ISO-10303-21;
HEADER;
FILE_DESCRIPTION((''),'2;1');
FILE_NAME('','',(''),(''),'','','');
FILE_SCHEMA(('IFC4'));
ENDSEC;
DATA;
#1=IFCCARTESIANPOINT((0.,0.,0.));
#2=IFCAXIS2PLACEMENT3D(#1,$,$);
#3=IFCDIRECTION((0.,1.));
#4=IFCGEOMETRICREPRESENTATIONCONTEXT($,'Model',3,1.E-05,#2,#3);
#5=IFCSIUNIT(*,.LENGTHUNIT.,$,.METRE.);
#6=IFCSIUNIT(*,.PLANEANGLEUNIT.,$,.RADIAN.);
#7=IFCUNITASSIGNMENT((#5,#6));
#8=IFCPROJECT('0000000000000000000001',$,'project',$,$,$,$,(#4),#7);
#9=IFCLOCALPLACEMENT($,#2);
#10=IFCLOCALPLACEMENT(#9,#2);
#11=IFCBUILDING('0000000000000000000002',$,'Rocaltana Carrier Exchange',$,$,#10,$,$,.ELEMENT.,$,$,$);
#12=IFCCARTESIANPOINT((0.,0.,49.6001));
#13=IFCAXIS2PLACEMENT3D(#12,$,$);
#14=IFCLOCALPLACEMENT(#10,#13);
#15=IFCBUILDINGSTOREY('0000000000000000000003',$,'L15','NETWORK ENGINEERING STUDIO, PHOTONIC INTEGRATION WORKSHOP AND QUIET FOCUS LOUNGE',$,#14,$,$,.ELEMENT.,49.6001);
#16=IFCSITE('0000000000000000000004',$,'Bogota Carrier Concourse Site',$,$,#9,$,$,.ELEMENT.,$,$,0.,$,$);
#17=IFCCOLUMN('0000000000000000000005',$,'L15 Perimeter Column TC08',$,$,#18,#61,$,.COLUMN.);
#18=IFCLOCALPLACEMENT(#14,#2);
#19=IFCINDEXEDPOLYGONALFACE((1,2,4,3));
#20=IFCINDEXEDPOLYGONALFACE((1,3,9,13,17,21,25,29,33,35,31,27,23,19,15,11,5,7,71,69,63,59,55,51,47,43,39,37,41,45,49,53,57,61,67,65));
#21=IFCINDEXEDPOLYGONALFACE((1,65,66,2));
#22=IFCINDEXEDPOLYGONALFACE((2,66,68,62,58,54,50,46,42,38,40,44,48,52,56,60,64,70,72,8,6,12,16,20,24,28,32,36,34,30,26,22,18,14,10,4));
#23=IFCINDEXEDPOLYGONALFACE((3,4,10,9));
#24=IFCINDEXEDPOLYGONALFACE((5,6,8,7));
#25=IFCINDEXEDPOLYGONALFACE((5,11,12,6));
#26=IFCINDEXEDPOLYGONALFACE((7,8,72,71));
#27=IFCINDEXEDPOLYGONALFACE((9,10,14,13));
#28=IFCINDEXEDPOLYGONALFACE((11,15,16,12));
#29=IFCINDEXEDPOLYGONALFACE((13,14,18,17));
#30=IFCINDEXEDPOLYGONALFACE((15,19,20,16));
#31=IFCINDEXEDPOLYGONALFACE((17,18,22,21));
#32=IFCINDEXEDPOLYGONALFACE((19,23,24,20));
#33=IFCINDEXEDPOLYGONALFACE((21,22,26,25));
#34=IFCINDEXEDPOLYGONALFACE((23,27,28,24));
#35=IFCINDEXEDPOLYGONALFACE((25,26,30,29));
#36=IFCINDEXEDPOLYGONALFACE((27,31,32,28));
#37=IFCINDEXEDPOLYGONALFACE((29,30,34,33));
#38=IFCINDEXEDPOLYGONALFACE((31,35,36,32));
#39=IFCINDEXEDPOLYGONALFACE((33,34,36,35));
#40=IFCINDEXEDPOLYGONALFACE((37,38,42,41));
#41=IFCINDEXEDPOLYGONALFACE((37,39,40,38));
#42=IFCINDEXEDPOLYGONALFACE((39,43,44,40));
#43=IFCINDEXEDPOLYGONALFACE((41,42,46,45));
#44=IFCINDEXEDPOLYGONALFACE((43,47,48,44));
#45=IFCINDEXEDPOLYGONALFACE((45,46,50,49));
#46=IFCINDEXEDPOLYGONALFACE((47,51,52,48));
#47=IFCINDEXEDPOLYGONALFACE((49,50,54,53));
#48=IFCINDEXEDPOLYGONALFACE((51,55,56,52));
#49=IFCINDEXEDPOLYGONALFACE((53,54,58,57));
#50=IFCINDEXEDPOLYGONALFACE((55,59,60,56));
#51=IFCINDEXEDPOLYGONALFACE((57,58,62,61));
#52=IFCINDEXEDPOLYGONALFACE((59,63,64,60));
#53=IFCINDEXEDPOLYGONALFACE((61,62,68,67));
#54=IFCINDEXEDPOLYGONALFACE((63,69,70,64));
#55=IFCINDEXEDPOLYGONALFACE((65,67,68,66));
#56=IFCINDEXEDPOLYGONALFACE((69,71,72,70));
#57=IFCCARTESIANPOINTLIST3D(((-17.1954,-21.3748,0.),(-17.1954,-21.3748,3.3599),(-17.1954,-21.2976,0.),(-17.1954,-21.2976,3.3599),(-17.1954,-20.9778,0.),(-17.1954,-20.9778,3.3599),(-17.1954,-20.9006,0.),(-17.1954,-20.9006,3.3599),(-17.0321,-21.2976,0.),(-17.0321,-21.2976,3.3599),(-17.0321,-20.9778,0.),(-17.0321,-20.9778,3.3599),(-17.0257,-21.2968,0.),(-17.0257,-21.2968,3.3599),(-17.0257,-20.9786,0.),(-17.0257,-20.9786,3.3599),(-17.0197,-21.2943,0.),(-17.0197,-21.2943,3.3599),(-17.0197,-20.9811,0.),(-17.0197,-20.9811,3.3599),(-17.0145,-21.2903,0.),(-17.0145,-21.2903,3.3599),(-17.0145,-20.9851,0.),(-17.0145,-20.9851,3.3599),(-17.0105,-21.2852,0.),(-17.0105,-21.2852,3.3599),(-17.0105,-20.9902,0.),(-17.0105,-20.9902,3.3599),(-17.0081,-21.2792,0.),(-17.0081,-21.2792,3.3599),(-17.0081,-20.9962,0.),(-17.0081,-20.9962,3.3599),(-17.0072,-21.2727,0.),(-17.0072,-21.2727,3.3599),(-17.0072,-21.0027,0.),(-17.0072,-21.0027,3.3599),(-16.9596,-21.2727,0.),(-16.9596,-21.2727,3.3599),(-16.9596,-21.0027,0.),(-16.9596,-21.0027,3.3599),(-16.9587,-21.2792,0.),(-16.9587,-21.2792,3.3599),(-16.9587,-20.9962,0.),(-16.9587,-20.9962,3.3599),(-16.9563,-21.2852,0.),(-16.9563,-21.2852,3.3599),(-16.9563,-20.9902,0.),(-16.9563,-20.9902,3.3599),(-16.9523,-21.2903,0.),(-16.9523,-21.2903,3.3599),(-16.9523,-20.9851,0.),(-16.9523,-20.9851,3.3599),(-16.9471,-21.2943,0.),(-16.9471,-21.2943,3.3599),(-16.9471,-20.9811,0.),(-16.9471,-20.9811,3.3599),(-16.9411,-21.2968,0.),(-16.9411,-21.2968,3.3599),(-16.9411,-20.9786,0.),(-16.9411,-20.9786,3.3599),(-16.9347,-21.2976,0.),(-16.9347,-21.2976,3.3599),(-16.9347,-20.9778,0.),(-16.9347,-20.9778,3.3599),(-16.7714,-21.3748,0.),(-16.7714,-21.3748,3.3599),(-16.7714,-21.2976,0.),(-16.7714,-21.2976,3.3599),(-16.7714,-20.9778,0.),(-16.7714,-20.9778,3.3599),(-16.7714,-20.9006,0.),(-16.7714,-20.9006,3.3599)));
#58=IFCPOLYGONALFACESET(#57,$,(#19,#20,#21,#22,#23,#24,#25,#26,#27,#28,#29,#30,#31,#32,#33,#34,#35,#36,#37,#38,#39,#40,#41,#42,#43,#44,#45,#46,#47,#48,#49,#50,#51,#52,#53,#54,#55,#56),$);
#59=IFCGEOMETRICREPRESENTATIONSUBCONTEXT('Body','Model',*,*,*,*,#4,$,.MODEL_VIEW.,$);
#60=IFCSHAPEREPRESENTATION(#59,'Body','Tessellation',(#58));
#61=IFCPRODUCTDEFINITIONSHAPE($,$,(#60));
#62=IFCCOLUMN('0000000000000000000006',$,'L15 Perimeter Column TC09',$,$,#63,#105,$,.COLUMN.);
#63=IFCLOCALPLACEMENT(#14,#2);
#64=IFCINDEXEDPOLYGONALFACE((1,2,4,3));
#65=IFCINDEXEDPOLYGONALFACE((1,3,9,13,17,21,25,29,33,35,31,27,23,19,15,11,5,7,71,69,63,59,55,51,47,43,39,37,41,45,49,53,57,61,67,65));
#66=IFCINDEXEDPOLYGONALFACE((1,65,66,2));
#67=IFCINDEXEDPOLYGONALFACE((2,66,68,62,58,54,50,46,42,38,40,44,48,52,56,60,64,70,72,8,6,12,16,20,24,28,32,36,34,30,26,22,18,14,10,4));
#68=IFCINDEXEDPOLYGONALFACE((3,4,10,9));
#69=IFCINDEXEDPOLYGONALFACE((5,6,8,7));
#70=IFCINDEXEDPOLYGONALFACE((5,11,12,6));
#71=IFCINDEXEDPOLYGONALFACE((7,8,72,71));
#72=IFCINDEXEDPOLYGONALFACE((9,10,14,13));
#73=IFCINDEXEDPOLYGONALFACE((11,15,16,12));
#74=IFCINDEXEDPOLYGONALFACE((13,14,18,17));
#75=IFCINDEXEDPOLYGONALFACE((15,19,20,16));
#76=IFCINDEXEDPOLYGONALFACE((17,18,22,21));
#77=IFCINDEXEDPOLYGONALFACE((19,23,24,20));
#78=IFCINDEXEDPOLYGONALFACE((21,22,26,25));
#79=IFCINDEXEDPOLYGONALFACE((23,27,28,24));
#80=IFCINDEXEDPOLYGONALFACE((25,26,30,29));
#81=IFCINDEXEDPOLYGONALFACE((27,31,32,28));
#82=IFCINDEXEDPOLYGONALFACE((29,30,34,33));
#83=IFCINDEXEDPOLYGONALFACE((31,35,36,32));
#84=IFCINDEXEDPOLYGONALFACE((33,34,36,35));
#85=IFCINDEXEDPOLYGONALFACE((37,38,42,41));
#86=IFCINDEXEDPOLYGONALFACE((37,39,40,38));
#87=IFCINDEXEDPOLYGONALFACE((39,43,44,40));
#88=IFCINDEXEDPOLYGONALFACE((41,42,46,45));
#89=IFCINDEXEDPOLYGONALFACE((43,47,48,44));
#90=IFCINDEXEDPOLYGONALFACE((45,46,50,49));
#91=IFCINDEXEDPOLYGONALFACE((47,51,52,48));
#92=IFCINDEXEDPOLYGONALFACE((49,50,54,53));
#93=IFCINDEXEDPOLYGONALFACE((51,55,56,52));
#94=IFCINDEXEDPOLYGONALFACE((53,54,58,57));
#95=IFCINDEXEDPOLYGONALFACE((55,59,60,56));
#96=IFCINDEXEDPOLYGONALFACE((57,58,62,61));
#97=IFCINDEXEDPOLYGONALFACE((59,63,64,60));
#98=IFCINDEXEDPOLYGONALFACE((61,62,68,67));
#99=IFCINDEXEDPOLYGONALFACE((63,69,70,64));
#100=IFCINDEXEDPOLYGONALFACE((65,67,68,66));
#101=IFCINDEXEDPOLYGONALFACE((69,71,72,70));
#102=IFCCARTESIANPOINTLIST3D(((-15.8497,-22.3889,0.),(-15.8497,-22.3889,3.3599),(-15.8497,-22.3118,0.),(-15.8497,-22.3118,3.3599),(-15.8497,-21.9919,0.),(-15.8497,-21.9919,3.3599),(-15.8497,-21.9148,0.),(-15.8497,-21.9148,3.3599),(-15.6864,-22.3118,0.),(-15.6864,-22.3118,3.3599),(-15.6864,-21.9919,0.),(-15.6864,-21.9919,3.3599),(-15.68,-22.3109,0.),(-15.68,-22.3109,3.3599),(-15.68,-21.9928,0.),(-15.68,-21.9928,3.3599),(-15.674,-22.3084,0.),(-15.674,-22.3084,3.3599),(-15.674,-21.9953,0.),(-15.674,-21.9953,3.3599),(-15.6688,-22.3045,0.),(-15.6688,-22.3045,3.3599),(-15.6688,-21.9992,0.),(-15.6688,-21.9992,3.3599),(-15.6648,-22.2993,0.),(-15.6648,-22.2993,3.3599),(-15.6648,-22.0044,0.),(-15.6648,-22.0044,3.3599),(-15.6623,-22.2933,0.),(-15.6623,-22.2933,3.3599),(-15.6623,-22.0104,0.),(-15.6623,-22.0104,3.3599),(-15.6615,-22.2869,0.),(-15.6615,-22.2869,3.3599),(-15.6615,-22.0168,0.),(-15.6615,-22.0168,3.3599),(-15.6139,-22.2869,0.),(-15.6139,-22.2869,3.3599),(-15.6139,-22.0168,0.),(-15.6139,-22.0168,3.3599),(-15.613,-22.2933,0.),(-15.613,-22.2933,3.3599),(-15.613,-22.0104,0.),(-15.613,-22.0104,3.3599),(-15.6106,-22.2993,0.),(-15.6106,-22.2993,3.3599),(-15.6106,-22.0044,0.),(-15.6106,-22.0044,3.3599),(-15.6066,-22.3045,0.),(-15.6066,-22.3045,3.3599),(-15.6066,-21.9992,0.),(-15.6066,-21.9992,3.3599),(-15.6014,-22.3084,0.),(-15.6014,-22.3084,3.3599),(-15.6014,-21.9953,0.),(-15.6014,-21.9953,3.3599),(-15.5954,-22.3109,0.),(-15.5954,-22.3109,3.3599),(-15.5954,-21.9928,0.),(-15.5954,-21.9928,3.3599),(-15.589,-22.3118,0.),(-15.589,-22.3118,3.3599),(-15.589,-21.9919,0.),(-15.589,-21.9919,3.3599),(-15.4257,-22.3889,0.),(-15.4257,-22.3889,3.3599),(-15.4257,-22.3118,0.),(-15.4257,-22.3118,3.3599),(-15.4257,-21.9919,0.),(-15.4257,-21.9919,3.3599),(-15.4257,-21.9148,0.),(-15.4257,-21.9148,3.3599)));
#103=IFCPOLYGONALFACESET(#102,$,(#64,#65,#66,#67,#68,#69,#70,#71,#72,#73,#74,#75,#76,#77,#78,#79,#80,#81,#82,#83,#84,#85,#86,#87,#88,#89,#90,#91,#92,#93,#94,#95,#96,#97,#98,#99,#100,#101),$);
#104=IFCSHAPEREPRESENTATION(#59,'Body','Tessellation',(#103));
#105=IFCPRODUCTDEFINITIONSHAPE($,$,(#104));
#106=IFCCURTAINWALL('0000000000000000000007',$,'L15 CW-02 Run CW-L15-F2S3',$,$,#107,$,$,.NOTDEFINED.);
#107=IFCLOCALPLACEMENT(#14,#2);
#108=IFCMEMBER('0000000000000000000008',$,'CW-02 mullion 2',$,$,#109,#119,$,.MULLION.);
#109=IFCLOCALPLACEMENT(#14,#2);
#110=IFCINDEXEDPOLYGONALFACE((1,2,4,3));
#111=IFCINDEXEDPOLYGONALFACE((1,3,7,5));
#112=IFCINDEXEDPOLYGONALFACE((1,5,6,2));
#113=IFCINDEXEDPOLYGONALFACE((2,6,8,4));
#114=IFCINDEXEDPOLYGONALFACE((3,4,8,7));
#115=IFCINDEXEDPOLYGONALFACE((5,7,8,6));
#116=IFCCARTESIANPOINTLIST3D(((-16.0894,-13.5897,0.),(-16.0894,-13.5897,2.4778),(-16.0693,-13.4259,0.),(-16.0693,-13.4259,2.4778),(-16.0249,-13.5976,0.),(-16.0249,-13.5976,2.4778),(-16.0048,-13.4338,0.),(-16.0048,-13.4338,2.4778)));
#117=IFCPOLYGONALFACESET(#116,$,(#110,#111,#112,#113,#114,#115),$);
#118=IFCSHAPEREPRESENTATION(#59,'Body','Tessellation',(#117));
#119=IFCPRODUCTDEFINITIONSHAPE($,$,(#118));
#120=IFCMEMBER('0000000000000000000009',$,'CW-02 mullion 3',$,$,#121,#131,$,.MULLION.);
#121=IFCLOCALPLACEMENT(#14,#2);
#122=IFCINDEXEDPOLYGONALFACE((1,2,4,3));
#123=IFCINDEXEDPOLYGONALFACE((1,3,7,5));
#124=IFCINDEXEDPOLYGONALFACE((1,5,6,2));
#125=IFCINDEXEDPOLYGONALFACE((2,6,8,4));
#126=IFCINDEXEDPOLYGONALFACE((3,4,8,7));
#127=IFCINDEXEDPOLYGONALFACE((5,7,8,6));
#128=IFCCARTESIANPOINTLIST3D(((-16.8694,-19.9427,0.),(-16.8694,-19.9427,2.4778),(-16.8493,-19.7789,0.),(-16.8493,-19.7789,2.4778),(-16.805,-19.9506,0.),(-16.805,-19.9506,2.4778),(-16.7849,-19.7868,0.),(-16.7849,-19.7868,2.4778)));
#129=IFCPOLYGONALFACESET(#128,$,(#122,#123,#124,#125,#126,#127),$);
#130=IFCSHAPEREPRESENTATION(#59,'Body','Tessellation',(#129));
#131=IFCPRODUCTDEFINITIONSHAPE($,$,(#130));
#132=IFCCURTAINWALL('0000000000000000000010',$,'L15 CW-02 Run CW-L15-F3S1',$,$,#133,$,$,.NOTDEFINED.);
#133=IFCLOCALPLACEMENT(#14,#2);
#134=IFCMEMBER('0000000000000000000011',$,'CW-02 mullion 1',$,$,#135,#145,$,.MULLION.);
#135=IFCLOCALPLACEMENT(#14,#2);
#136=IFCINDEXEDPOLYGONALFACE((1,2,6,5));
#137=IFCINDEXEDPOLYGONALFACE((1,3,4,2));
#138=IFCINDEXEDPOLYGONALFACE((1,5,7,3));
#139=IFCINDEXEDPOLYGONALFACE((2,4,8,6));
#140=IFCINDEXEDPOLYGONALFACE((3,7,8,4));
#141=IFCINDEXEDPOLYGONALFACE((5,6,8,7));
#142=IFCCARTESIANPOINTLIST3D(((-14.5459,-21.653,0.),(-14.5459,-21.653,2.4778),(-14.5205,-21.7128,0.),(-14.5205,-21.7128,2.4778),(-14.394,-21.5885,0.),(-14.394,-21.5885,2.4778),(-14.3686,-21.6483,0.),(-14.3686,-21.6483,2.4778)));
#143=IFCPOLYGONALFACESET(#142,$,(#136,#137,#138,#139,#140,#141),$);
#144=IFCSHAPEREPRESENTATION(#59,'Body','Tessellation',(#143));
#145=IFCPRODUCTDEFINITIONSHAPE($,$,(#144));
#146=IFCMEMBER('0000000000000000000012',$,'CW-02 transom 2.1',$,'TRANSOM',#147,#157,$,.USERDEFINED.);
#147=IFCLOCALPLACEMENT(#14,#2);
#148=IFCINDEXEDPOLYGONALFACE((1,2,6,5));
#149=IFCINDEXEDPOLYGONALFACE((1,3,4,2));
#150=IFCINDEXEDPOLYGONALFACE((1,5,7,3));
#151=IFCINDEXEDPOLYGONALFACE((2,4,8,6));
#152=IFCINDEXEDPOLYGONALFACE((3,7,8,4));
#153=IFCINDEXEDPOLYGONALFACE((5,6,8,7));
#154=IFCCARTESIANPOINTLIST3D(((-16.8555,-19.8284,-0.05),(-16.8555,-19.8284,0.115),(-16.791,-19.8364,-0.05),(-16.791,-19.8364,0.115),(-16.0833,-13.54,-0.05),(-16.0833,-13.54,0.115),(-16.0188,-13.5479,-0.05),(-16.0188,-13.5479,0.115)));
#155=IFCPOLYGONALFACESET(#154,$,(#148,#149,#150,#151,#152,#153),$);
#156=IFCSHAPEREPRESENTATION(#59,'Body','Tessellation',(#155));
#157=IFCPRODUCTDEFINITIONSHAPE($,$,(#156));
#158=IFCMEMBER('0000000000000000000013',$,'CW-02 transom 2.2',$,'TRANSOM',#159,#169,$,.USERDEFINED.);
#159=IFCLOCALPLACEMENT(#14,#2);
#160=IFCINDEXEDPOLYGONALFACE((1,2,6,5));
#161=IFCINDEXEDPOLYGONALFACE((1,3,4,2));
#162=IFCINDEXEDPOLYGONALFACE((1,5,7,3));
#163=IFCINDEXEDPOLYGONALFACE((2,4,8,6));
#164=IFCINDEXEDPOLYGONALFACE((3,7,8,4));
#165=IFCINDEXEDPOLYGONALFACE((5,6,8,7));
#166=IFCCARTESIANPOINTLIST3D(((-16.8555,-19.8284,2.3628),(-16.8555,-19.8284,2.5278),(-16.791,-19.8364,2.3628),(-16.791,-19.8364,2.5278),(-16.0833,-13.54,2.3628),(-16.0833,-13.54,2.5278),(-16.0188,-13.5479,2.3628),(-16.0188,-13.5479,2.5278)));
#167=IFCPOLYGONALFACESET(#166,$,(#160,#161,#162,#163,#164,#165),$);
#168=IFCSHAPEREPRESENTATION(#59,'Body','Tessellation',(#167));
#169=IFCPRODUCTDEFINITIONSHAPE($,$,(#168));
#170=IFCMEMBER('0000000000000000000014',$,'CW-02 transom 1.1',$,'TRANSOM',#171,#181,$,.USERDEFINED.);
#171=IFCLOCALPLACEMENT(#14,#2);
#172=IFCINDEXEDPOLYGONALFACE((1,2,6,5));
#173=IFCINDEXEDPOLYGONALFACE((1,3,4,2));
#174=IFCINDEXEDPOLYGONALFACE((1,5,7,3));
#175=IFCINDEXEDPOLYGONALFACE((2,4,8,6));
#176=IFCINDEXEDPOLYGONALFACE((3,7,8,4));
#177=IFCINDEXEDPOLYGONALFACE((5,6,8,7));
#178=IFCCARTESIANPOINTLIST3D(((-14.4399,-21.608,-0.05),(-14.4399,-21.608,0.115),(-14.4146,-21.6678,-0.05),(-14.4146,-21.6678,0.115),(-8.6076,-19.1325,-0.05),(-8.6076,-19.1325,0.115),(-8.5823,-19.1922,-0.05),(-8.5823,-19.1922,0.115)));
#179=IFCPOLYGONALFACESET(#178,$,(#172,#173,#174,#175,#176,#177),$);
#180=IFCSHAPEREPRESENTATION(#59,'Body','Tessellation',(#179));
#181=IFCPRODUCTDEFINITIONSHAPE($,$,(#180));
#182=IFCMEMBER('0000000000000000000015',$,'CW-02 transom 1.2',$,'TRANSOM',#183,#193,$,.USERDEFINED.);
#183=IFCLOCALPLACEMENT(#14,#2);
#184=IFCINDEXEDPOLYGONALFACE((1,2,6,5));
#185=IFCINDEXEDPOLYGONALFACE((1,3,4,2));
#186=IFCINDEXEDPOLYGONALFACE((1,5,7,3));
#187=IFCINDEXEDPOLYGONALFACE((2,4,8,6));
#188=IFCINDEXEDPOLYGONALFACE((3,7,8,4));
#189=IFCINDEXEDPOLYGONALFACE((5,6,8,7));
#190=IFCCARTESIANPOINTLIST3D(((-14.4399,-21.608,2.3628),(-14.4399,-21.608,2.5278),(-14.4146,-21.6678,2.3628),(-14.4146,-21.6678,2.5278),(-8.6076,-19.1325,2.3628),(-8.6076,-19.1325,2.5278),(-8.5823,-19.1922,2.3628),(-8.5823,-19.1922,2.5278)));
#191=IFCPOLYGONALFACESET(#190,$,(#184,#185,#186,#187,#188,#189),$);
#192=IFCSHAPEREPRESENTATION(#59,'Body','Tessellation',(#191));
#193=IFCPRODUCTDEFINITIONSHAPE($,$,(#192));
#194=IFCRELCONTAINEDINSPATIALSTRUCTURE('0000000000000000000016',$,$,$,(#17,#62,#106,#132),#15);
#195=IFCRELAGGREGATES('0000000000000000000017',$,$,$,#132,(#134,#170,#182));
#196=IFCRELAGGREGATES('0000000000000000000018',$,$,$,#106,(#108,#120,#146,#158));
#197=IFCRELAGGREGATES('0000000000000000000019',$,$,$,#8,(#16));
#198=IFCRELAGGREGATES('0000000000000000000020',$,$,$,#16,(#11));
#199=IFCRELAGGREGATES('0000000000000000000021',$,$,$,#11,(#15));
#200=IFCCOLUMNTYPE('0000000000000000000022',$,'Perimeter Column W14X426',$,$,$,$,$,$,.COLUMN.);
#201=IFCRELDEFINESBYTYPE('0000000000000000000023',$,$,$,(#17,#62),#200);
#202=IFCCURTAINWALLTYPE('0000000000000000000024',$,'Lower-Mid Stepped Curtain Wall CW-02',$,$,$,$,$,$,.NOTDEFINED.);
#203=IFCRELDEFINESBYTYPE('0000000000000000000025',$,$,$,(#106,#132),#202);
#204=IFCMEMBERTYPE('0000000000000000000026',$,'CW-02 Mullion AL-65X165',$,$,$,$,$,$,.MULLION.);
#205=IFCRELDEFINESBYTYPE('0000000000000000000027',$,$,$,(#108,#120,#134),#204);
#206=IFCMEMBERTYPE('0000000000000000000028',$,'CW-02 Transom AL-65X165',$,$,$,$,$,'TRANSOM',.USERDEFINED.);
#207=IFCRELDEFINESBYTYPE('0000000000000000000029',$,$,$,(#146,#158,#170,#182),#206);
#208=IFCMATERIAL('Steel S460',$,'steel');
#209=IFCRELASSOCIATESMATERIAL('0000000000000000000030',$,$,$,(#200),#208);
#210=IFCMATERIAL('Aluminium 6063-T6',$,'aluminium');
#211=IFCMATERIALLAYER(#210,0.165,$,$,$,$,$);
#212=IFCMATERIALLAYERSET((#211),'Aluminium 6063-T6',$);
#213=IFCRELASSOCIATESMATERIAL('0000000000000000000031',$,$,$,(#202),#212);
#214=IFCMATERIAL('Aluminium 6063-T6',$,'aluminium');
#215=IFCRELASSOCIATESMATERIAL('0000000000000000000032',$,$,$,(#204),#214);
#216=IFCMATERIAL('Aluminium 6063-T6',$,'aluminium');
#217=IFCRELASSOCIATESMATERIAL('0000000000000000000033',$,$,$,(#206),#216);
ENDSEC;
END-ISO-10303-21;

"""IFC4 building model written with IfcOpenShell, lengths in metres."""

from ifc_helpers import new_model, si_unit, direction, frame, origin, origin_2d, place, context, subcontext, project, spatial, rectangle, i_section, extrude, material, layer, layer_set, material_profile, profile_set, type_object, element, aggregate, save


model = new_model("IFC4")

# Units and contexts
model_context = context("Model", 3, precision=1e-05, world=origin(), true_north=direction((0.0, 1.0)))
body_context = subcontext(model_context, "Body", "Model", "MODEL_VIEW")
ifc_project = project(units=[si_unit("LENGTHUNIT", "METRE"), si_unit("PLANEANGLEUNIT", "RADIAN")], contexts=[model_context])

# Site, building, storey
site_placement = place(None, origin())
site = spatial("IfcSite", under=ifc_project, at=site_placement, Name="Bogota Carrier Concourse Site", CompositionType="ELEMENT", RefElevation=0.0)
building_placement = place(site_placement, origin())
building = spatial("IfcBuilding", under=site, at=building_placement, Name="Rocaltana Carrier Exchange", CompositionType="ELEMENT")
storey_placement = place(building_placement, frame((0.0, 0.0, 49.6001)))
storey = spatial("IfcBuildingStorey", under=building, at=storey_placement, Name="L15", Description="NETWORK ENGINEERING STUDIO, PHOTONIC INTEGRATION WORKSHOP AND QUIET FOCUS LOUNGE", CompositionType="ELEMENT", Elevation=49.6001)

# Columns
ifc_material_1 = material(Name="Steel S460", Category="steel")
ifc_material_profile_1 = material_profile(ifc_material_1, i_section(OverallWidth=0.4241, OverallDepth=0.4741, WebThickness=0.0476, FlangeThickness=0.0771, FilletRadius=0.0249, at=origin_2d()), Name="W14X426")
ifc_profile_set_1 = profile_set([ifc_material_profile_1], Name="Steel S460")
column_type = type_object("IfcColumnType", Name="Perimeter Column W14X426", PredefinedType="COLUMN", material=ifc_profile_set_1)
for number, where, z_axis, x_axis, name in (
    (1, (-16.9834, -21.1377, 0.0), (0.0, 0.0, 1.0), (1.0, 0.0, 0.0), "L15 Perimeter Column TC08"),
    (2, (-15.6377, -22.1519, 0.0), (0.0, 0.0, 1.0), (1.0, 0.0, 0.0), "L15 Perimeter Column TC09"),
):
    element("IfcColumn", number, at=place(storey_placement, frame(where, z_axis=z_axis, x_axis=x_axis)), inside=storey, type_object=column_type, Name=name, PredefinedType="COLUMN", context=body_context, shape_type="SweptSolid", body=[
        extrude(i_section(OverallWidth=0.4241, OverallDepth=0.4741, WebThickness=0.0476, FlangeThickness=0.0771, FilletRadius=0.0249, at=origin_2d()), origin(), (0.0, 0.0, 1.0), 3.3599),
    ])

# Curtain wall, members
ifc_material_2 = material(Name="Aluminium 6063-T6", Category="aluminium")
ifc_layer_1 = layer(ifc_material_2, 0.165)
ifc_layer_set_1 = layer_set([ifc_layer_1], Name="Aluminium 6063-T6")
curtain_wall_type = type_object("IfcCurtainWallType", Name="Lower-Mid Stepped Curtain Wall CW-02", PredefinedType="NOTDEFINED", material=ifc_layer_set_1)
curtain_wall_1_placement = place(storey_placement, origin())
curtain_wall_1 = element("IfcCurtainWall", 3, at=curtain_wall_1_placement, inside=storey, type_object=curtain_wall_type, Name="L15 CW-02 Run CW-L15-F2S3", PredefinedType="NOTDEFINED")
ifc_material_3 = material(Name="Aluminium 6063-T6", Category="aluminium")
ifc_material_profile_2 = material_profile(ifc_material_3, rectangle(XDim=0.0649, YDim=0.165, at=origin_2d()), Name="AL-65X165")
ifc_profile_set_2 = profile_set([ifc_material_profile_2], Name="Aluminium 6063-T6")
member_type_1 = type_object("IfcMemberType", Name="CW-02 Mullion AL-65X165", PredefinedType="MULLION", material=ifc_profile_set_2)
member_1_placement = place(storey_placement, frame((-16.0471, -13.5117, 0.0), z_axis=(0.0, 0.0, 1.0), x_axis=(0.992545, -0.121881, 0.0)))
member_1 = element("IfcMember", 4, at=member_1_placement, type_object=member_type_1, Name="CW-02 mullion 2", PredefinedType="MULLION", context=body_context, shape_type="SweptSolid", body=[
    extrude(rectangle(XDim=0.0649, YDim=0.165, at=origin_2d()), origin(), (0.0, 0.0, 1.0), 2.4778),
])
member_2_placement = place(storey_placement, frame((-16.8271, -19.8647, 0.0), z_axis=(0.0, 0.0, 1.0), x_axis=(0.992545, -0.121881, 0.0)))
member_2 = element("IfcMember", 5, at=member_2_placement, type_object=member_type_1, Name="CW-02 mullion 3", PredefinedType="MULLION", context=body_context, shape_type="SweptSolid", body=[
    extrude(rectangle(XDim=0.0649, YDim=0.165, at=origin_2d()), origin(), (0.0, 0.0, 1.0), 2.4778),
])

# Curtain wall, member
curtain_wall_2_placement = place(storey_placement, origin())
curtain_wall_2 = element("IfcCurtainWall", 6, at=curtain_wall_2_placement, inside=storey, type_object=curtain_wall_type, Name="L15 CW-02 Run CW-L15-F3S1", PredefinedType="NOTDEFINED")
member_3_placement = place(storey_placement, frame((-14.4573, -21.6506, 0.0), z_axis=(0.0, 0.0, 1.0), x_axis=(-0.390729, 0.920506, 0.0)))
member_3 = element("IfcMember", 7, at=member_3_placement, type_object=member_type_1, Name="CW-02 mullion 1", PredefinedType="MULLION", context=body_context, shape_type="SweptSolid", body=[
    extrude(rectangle(XDim=0.0649, YDim=0.165, at=origin_2d()), origin(), (0.0, 0.0, 1.0), 2.4778),
])

# Members
ifc_material_4 = material(Name="Aluminium 6063-T6", Category="aluminium")
ifc_material_profile_3 = material_profile(ifc_material_4, rectangle(XDim=0.0649, YDim=0.165, at=origin_2d()), Name="AL-65X165")
ifc_profile_set_3 = profile_set([ifc_material_profile_3], Name="Aluminium 6063-T6")
member_type_2 = type_object("IfcMemberType", Name="CW-02 Transom AL-65X165", ElementType="TRANSOM", PredefinedType="USERDEFINED", material=ifc_profile_set_3)
member_4_placement = place(storey_placement, frame((-16.051, -13.5439, 0.0325), z_axis=(-0.121881, -0.992545, 0.0), x_axis=(0.992545, -0.121881, 0.0)))
member_4 = element("IfcMember", 8, at=member_4_placement, type_object=member_type_2, Name="CW-02 transom 2.1", ObjectType="TRANSOM", PredefinedType="USERDEFINED", context=body_context, shape_type="SweptSolid", body=[
    extrude(rectangle(XDim=0.0649, YDim=0.165, at=origin_2d()), origin(), (0.0, 0.0, 1.0), 6.3357),
])
member_5_placement = place(storey_placement, frame((-16.051, -13.5439, 2.4453), z_axis=(-0.121881, -0.992545, 0.0), x_axis=(0.992545, -0.121881, 0.0)))
member_5 = element("IfcMember", 9, at=member_5_placement, type_object=member_type_2, Name="CW-02 transom 2.2", ObjectType="TRANSOM", PredefinedType="USERDEFINED", context=body_context, shape_type="SweptSolid", body=[
    extrude(rectangle(XDim=0.0649, YDim=0.165, at=origin_2d()), origin(), (0.0, 0.0, 1.0), 6.3357),
])
member_6_placement = place(storey_placement, frame((-14.4272, -21.6379, 0.0325), z_axis=(0.920509, 0.390722, 0.0), x_axis=(-0.390722, 0.920509, 0.0)))
member_6 = element("IfcMember", 10, at=member_6_placement, type_object=member_type_2, Name="CW-02 transom 1.1", ObjectType="TRANSOM", PredefinedType="USERDEFINED", context=body_context, shape_type="SweptSolid", body=[
    extrude(rectangle(XDim=0.0649, YDim=0.165, at=origin_2d()), origin(), (0.0, 0.0, 1.0), 6.3359),
])
member_7_placement = place(storey_placement, frame((-14.4272, -21.6379, 2.4453), z_axis=(0.920509, 0.390722, 0.0), x_axis=(-0.390722, 0.920509, 0.0)))
member_7 = element("IfcMember", 11, at=member_7_placement, type_object=member_type_2, Name="CW-02 transom 1.2", ObjectType="TRANSOM", PredefinedType="USERDEFINED", context=body_context, shape_type="SweptSolid", body=[
    extrude(rectangle(XDim=0.0649, YDim=0.165, at=origin_2d()), origin(), (0.0, 0.0, 1.0), 6.3359),
])
aggregate(curtain_wall_2, [member_3, member_6, member_7])

aggregate(curtain_wall_1, [member_1, member_2, member_4, member_5])

save(model, "model.ifc")
